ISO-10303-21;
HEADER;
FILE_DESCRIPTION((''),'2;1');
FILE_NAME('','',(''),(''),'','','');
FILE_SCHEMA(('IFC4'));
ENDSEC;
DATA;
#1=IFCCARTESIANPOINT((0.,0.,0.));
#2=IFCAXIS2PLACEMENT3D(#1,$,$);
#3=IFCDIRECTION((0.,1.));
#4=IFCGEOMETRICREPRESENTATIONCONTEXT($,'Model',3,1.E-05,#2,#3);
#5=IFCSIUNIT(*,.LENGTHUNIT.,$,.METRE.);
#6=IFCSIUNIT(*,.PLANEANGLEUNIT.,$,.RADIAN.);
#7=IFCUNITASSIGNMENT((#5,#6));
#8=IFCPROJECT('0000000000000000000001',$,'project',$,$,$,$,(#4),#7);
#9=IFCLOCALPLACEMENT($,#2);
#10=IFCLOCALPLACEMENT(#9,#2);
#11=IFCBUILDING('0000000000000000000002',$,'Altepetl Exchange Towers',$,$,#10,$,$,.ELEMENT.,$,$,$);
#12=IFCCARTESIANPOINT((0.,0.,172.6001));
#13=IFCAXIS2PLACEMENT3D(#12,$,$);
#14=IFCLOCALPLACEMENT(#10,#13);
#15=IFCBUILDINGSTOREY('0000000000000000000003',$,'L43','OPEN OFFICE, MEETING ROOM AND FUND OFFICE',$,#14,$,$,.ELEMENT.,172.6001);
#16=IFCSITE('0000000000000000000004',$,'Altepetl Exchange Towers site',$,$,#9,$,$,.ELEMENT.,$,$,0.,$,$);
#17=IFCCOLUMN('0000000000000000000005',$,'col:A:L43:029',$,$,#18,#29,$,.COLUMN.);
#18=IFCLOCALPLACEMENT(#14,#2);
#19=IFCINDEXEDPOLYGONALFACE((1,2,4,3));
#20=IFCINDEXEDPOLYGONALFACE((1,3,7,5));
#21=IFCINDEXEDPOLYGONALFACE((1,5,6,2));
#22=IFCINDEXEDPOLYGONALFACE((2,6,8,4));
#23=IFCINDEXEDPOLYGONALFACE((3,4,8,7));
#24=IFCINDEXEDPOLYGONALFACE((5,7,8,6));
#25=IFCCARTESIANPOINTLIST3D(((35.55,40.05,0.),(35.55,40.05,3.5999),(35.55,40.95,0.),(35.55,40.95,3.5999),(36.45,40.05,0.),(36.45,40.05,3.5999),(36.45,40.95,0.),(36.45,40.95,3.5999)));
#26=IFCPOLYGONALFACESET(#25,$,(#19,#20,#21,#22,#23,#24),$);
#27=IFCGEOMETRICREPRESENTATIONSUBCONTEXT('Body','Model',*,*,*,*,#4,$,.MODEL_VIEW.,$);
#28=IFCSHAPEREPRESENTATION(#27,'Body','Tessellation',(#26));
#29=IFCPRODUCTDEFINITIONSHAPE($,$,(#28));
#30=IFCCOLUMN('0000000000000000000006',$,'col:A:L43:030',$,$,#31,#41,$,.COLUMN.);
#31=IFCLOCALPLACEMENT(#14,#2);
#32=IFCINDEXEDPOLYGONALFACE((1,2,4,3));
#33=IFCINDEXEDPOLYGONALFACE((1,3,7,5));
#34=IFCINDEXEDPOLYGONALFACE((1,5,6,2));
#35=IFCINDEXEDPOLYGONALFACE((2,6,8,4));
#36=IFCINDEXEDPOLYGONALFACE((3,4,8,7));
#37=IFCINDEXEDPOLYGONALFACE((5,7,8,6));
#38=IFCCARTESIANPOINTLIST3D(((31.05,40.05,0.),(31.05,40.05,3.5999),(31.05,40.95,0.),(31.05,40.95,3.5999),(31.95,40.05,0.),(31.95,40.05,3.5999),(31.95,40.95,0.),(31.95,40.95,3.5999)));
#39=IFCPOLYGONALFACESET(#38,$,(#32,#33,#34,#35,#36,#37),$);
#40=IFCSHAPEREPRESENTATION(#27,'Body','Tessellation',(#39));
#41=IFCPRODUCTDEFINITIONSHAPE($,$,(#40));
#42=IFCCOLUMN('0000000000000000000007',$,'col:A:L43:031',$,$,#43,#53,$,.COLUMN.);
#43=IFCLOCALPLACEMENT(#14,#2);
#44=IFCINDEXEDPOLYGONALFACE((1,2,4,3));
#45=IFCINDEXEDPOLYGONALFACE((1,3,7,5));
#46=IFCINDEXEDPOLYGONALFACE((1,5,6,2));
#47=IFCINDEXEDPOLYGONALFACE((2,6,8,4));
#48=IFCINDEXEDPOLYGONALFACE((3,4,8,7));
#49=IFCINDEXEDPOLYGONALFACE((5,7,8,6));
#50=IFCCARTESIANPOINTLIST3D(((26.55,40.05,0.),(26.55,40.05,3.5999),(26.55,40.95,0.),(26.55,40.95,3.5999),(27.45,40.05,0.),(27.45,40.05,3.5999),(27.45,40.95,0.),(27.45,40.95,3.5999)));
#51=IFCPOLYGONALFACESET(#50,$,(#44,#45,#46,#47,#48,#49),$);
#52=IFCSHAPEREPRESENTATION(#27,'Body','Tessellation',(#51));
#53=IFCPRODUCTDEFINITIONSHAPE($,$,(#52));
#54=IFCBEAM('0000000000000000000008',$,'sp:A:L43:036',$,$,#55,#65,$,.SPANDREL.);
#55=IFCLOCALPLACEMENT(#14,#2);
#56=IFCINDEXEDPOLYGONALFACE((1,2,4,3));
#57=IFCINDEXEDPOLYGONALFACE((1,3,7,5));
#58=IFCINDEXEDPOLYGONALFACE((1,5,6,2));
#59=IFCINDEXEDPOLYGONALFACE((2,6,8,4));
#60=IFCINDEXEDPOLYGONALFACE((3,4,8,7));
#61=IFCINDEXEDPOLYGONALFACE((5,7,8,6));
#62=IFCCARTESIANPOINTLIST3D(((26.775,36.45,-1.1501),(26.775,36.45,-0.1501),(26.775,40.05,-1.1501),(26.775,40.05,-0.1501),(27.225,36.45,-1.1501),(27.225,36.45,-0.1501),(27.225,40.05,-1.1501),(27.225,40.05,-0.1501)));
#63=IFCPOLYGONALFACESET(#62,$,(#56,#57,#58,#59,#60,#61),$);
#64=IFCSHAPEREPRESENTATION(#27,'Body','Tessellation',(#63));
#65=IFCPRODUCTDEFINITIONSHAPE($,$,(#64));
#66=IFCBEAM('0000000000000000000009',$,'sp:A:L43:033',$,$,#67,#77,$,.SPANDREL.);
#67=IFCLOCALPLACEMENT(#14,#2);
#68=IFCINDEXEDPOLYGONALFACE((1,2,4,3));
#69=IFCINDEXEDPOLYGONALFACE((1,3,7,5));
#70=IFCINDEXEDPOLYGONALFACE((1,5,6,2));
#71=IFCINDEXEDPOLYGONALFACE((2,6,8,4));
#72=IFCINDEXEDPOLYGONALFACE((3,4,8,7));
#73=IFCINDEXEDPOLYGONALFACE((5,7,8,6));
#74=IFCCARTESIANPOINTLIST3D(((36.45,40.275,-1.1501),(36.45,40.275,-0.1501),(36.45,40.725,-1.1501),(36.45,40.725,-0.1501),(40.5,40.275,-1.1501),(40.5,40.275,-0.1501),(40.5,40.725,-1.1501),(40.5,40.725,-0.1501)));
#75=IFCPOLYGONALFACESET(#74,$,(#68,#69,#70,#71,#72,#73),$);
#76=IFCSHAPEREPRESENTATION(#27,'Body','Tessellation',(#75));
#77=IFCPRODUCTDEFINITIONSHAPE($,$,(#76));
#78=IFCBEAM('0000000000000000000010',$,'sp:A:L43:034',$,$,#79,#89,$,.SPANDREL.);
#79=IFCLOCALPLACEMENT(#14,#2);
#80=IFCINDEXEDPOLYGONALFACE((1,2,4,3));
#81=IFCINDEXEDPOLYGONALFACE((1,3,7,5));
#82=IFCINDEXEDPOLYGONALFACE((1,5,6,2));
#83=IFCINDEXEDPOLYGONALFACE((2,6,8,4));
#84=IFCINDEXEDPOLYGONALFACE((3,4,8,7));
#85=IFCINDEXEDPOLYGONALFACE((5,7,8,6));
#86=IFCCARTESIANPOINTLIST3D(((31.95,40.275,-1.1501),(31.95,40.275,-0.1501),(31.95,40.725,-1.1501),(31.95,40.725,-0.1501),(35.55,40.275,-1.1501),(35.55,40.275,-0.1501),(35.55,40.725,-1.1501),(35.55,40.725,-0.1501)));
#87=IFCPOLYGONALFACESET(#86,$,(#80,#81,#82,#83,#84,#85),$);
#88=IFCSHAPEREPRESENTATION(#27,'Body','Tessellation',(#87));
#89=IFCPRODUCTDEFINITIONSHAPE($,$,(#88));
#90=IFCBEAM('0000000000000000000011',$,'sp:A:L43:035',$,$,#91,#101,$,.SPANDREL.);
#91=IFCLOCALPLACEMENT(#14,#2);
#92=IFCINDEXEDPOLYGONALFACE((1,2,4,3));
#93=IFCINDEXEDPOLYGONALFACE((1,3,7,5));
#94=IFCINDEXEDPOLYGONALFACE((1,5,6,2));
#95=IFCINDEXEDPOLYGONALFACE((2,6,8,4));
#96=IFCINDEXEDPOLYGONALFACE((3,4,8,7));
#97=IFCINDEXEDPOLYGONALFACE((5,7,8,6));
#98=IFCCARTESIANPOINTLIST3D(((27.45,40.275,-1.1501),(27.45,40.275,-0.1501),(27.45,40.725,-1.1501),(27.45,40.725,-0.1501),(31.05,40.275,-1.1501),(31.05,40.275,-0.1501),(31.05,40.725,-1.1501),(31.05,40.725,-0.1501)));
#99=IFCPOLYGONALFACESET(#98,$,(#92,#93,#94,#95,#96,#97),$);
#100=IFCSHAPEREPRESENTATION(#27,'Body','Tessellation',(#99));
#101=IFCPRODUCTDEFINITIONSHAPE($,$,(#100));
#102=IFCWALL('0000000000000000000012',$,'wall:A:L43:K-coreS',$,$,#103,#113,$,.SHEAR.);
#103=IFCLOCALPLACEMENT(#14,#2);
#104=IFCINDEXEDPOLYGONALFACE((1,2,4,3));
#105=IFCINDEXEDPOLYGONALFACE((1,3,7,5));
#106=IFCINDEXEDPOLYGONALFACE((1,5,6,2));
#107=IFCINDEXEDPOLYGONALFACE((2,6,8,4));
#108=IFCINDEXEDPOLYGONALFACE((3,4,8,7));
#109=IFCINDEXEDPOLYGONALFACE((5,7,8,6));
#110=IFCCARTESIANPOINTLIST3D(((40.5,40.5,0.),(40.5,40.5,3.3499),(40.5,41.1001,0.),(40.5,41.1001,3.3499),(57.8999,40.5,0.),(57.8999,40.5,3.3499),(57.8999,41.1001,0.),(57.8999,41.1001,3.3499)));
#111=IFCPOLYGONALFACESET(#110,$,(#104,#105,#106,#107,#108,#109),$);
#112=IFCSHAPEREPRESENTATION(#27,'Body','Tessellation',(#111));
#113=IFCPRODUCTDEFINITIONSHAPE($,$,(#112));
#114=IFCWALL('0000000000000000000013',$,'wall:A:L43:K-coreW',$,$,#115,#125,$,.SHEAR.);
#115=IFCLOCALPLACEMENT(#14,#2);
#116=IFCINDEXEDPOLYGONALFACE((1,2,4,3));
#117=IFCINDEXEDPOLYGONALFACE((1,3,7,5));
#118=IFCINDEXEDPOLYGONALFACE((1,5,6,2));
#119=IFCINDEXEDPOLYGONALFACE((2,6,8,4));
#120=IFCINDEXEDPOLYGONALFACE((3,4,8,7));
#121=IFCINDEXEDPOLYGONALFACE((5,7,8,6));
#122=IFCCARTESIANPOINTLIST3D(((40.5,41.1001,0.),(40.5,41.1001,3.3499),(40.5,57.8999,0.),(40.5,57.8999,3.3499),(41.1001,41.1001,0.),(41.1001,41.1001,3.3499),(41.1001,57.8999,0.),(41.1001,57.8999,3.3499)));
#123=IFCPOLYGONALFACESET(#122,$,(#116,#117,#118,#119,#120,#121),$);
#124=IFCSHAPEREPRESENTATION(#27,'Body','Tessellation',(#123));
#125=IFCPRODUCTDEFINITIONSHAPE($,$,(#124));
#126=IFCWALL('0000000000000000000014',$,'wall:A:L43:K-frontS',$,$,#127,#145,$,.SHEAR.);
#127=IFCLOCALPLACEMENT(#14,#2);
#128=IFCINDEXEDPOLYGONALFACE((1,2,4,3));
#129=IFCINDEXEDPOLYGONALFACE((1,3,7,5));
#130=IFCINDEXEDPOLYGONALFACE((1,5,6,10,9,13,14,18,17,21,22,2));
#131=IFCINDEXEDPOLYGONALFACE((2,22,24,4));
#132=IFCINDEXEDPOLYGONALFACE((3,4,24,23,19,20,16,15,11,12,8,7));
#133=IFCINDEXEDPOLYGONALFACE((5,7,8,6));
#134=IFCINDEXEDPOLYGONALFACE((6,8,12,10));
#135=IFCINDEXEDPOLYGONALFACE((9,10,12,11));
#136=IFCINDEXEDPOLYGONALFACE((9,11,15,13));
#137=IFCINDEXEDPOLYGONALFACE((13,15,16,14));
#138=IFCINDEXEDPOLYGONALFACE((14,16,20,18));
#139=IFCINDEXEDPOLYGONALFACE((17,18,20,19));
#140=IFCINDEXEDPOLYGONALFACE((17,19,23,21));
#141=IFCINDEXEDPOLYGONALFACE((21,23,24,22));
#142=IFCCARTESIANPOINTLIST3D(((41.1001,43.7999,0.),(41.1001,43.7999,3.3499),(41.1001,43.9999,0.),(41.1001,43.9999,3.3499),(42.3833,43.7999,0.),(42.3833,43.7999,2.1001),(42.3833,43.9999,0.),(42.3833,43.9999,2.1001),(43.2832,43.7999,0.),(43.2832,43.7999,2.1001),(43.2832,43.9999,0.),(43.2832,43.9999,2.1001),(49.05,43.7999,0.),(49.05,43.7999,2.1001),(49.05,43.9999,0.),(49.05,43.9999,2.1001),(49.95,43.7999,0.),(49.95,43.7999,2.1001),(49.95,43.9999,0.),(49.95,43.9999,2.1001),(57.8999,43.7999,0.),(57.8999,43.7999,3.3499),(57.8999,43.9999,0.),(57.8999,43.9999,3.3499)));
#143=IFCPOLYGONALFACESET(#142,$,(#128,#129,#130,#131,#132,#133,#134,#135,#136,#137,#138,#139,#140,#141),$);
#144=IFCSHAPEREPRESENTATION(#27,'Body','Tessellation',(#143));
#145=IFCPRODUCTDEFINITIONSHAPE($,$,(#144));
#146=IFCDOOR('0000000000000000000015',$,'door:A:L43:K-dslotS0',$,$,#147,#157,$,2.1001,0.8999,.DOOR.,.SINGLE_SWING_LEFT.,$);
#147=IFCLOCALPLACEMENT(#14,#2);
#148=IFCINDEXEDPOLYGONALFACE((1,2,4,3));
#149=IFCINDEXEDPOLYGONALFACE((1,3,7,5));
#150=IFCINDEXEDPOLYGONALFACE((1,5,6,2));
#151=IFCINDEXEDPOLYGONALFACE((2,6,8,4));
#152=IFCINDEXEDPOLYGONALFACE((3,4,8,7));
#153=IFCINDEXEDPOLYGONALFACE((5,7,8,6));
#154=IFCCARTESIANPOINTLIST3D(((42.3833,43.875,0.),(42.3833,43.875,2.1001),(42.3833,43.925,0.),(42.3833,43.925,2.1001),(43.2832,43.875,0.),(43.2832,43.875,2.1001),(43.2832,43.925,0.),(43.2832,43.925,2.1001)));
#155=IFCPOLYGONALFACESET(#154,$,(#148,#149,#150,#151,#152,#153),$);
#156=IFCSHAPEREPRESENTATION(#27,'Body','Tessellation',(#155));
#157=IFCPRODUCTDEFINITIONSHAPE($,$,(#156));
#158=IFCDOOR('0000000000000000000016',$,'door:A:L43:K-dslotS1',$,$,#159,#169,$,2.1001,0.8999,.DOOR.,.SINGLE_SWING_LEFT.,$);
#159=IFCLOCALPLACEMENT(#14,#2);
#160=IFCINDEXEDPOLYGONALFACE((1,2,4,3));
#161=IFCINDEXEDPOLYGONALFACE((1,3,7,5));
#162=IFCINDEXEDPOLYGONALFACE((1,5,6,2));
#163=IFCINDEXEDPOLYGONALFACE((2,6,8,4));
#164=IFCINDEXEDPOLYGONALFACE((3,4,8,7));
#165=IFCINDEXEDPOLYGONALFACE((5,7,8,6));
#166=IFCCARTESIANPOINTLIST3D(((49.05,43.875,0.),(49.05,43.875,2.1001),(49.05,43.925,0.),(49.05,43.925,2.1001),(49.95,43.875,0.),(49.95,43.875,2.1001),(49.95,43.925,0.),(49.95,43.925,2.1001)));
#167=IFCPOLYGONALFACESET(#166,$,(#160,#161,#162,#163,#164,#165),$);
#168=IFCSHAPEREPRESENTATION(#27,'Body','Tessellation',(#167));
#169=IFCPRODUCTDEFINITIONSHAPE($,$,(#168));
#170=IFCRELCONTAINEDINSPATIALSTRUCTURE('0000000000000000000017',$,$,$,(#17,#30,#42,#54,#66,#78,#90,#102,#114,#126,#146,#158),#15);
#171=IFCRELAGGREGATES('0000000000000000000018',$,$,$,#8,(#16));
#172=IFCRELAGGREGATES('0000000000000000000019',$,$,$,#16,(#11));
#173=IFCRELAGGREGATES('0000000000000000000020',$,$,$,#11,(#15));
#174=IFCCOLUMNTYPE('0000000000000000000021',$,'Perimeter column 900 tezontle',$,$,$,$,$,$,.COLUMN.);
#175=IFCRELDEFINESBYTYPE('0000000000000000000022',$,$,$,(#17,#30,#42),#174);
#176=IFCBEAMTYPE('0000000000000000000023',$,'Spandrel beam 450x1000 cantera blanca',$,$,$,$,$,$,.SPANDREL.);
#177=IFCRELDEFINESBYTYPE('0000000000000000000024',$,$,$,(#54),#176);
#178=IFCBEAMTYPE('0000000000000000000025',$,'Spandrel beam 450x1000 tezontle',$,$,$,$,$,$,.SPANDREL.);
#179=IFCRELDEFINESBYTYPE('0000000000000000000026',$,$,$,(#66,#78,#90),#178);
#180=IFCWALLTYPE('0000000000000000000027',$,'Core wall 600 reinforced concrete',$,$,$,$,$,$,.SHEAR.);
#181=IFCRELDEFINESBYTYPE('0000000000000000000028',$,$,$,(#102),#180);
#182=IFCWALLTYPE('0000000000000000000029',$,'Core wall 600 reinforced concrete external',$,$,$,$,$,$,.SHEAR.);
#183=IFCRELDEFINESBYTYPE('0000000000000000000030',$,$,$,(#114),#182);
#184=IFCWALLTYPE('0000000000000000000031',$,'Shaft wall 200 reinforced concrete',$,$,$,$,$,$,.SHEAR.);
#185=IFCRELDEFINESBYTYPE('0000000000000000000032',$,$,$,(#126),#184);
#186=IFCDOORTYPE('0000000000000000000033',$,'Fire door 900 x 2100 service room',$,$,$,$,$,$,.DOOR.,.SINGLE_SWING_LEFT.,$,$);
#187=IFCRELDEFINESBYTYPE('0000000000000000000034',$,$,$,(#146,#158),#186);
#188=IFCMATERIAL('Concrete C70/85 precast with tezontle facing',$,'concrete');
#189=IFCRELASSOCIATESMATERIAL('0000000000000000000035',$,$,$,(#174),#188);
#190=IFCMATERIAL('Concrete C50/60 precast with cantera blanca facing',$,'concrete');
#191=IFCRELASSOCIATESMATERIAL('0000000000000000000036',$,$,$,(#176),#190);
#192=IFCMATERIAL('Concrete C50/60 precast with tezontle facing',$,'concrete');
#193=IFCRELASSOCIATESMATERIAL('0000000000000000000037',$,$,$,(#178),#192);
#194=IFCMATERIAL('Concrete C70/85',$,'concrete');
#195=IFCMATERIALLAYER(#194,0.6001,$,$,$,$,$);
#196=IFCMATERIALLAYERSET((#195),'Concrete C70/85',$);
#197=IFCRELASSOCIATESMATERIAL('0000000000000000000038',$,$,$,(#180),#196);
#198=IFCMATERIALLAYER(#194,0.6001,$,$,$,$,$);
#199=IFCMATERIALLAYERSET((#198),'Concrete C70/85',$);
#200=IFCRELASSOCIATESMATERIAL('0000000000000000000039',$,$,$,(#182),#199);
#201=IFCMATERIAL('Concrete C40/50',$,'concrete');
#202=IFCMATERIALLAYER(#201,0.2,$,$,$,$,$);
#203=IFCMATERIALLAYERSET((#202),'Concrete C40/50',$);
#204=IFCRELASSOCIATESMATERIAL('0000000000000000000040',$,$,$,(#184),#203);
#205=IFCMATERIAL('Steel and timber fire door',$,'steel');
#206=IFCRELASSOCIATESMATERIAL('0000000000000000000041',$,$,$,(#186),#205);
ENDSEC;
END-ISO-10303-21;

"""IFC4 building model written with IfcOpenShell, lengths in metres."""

from ifc_helpers import new_model, si_unit, direction, frame, frame_2d, origin, origin_2d, place, context, subcontext, project, spatial, rectangle, extrude, material, layer, layer_set, material_profile, profile_set, type_object, element, fill, save


model = new_model("IFC4")

# Units and contexts
model_context = context("Model", 3, precision=1e-05, world=origin(), true_north=direction((0.0, 1.0)))
body_context = subcontext(model_context, "Body", "Model", "MODEL_VIEW")
ifc_project = project(units=[si_unit("LENGTHUNIT", "METRE"), si_unit("PLANEANGLEUNIT", "RADIAN")], contexts=[model_context])

# Site, building, storey
site_placement = place(None, origin())
site = spatial("IfcSite", under=ifc_project, at=site_placement, Name="Altepetl Exchange Towers site", CompositionType="ELEMENT", RefElevation=0.0)
building_placement = place(site_placement, origin())
building = spatial("IfcBuilding", under=site, at=building_placement, Name="Altepetl Exchange Towers", CompositionType="ELEMENT")
storey_placement = place(building_placement, frame((0.0, 0.0, 172.6001)))
storey = spatial("IfcBuildingStorey", under=building, at=storey_placement, Name="L43", Description="OPEN OFFICE, MEETING ROOM AND FUND OFFICE", CompositionType="ELEMENT", Elevation=172.6001)

# Columns
ifc_material_1 = material(Name="Concrete C70/85 precast with tezontle facing", Category="concrete")
ifc_material_profile_1 = material_profile(ifc_material_1, rectangle(XDim=0.8999, YDim=0.8999, at=origin_2d()), Name="900 x 900")
ifc_profile_set_1 = profile_set([ifc_material_profile_1], Name="Concrete C70/85 precast with tezontle facing")
column_type = type_object("IfcColumnType", Name="Perimeter column 900 tezontle", PredefinedType="COLUMN", material=ifc_profile_set_1)
for number, where, name in (
    (1, (36.0, 40.5, 0.0), "col:A:L43:029"),
    (2, (31.5, 40.5, 0.0), "col:A:L43:030"),
    (3, (27.0, 40.5, 0.0), "col:A:L43:031"),
):
    element("IfcColumn", number, at=place(storey_placement, frame(where)), inside=storey, type_object=column_type, Name=name, PredefinedType="COLUMN", context=body_context, shape_type="SweptSolid", body=[
        extrude(rectangle(XDim=0.8999, YDim=0.8999, at=origin_2d()), origin(), (0.0, 0.0, 1.0), 3.5999),
    ])

# Beams
ifc_material_2 = material(Name="Concrete C50/60 precast with cantera blanca facing", Category="concrete")
ifc_material_profile_2 = material_profile(ifc_material_2, rectangle(XDim=0.45, YDim=1.0, at=origin_2d()), Name="450 x 1000")
ifc_profile_set_2 = profile_set([ifc_material_profile_2], Name="Concrete C50/60 precast with cantera blanca facing")
beam_type_1 = type_object("IfcBeamType", Name="Spandrel beam 450x1000 cantera blanca", PredefinedType="SPANDREL", material=ifc_profile_set_2)
beam_1_placement = place(storey_placement, frame((27.0, 40.05, -0.6501), z_axis=(0.0, -1.0, 0.0), x_axis=(1.0, 0.0, 0.0)))
element("IfcBeam", 4, at=beam_1_placement, inside=storey, type_object=beam_type_1, Name="sp:A:L43:036", PredefinedType="SPANDREL", context=body_context, shape_type="SweptSolid", body=[
    extrude(rectangle(XDim=0.45, YDim=1.0, at=origin_2d()), origin(), (0.0, 0.0, 1.0), 3.6001),
])
ifc_material_3 = material(Name="Concrete C50/60 precast with tezontle facing", Category="concrete")
ifc_material_profile_3 = material_profile(ifc_material_3, rectangle(XDim=0.45, YDim=1.0, at=origin_2d()), Name="450 x 1000")
ifc_profile_set_3 = profile_set([ifc_material_profile_3], Name="Concrete C50/60 precast with tezontle facing")
beam_type_2 = type_object("IfcBeamType", Name="Spandrel beam 450x1000 tezontle", PredefinedType="SPANDREL", material=ifc_profile_set_3)
beam_2_placement = place(storey_placement, frame((40.5, 40.5, -0.6501), z_axis=(-1.0, 0.0, 0.0), x_axis=(0.0, -1.0, 0.0)))
element("IfcBeam", 5, at=beam_2_placement, inside=storey, type_object=beam_type_2, Name="sp:A:L43:033", PredefinedType="SPANDREL", context=body_context, shape_type="SweptSolid", body=[
    extrude(rectangle(XDim=0.45, YDim=1.0, at=origin_2d()), origin(), (0.0, 0.0, 1.0), 4.05),
])
for number, where, z_axis, x_axis, name in (
    (6, (35.55, 40.5, -0.6501), (-1.0, 0.0, 0.0), (0.0, -1.0, 0.0), "sp:A:L43:034"),
    (7, (31.05, 40.5, -0.6501), (-1.0, 0.0, 0.0), (0.0, -1.0, 0.0), "sp:A:L43:035"),
):
    element("IfcBeam", number, at=place(storey_placement, frame(where, z_axis=z_axis, x_axis=x_axis)), inside=storey, type_object=beam_type_2, Name=name, PredefinedType="SPANDREL", context=body_context, shape_type="SweptSolid", body=[
        extrude(rectangle(XDim=0.45, YDim=1.0, at=origin_2d()), origin(), (0.0, 0.0, 1.0), 3.6001),
    ])

# Walls
ifc_material_4 = material(Name="Concrete C70/85", Category="concrete")
ifc_layer_1 = layer(ifc_material_4, 0.6001)
ifc_layer_set_1 = layer_set([ifc_layer_1], Name="Concrete C70/85")
wall_type_1 = type_object("IfcWallType", Name="Core wall 600 reinforced concrete", PredefinedType="SHEAR", material=ifc_layer_set_1)
wall_1_placement = place(storey_placement, frame((40.5, 40.8, 0.0)))
element("IfcWall", 8, at=wall_1_placement, inside=storey, type_object=wall_type_1, Name="wall:A:L43:K-coreS", PredefinedType="SHEAR", context=body_context, shape_type="SweptSolid", body=[
    extrude(rectangle(XDim=17.3999, YDim=0.6001, at=frame_2d((8.7, 0.0))), origin(), (0.0, 0.0, 1.0), 3.3499),
])
ifc_layer_2 = layer(ifc_material_4, 0.6001)
ifc_layer_set_2 = layer_set([ifc_layer_2], Name="Concrete C70/85")
wall_type_2 = type_object("IfcWallType", Name="Core wall 600 reinforced concrete external", PredefinedType="SHEAR", material=ifc_layer_set_2)
wall_2_placement = place(storey_placement, frame((40.8, 41.1001, 0.0), z_axis=(0.0, 0.0, 1.0), x_axis=(0.0, 1.0, 0.0)))
element("IfcWall", 9, at=wall_2_placement, inside=storey, type_object=wall_type_2, Name="wall:A:L43:K-coreW", PredefinedType="SHEAR", context=body_context, shape_type="SweptSolid", body=[
    extrude(rectangle(XDim=16.7998, YDim=0.6001, at=frame_2d((8.3999, 0.0))), origin(), (0.0, 0.0, 1.0), 3.3499),
])

# Wall, openings, doors
ifc_material_5 = material(Name="Concrete C40/50", Category="concrete")
ifc_layer_3 = layer(ifc_material_5, 0.2)
ifc_layer_set_3 = layer_set([ifc_layer_3], Name="Concrete C40/50")
wall_type_3 = type_object("IfcWallType", Name="Shaft wall 200 reinforced concrete", PredefinedType="SHEAR", material=ifc_layer_set_3)
wall_3_placement = place(storey_placement, frame((41.1001, 43.8999, 0.0)))
wall_3 = element("IfcWall", 10, at=wall_3_placement, inside=storey, type_object=wall_type_3, Name="wall:A:L43:K-frontS", PredefinedType="SHEAR", context=body_context, shape_type="SweptSolid", body=[
    extrude(rectangle(XDim=16.7998, YDim=0.2, at=frame_2d((8.3999, 0.0))), origin(), (0.0, 0.0, 1.0), 3.3499),
])
opening_1_placement = place(wall_3_placement, frame((1.2832, 0.0, 0.0)))
opening_1 = element("IfcOpeningElement", 11, at=opening_1_placement, cuts=wall_3, PredefinedType="OPENING", context=body_context, shape_type="SweptSolid", body=[
    extrude(rectangle(XDim=0.8999, YDim=2.1001, at=frame_2d((0.45, 1.05))), frame((0.0, 0.1099, 0.0), z_axis=(0.0, -1.0, 0.0), x_axis=(1.0, 0.0, 0.0)), (0.0, 0.0, 1.0), 0.22),
])
opening_2_placement = place(wall_3_placement, frame((7.95, 0.0, 0.0)))
opening_2 = element("IfcOpeningElement", 12, at=opening_2_placement, cuts=wall_3, PredefinedType="OPENING", context=body_context, shape_type="SweptSolid", body=[
    extrude(rectangle(XDim=0.8999, YDim=2.1001, at=frame_2d((0.45, 1.05))), frame((0.0, 0.1099, 0.0), z_axis=(0.0, -1.0, 0.0), x_axis=(1.0, 0.0, 0.0)), (0.0, 0.0, 1.0), 0.22),
])
ifc_material_6 = material(Name="Steel and timber fire door", Category="steel")
door_type_1 = type_object("IfcDoorType", Name="Fire door 900 x 2100 service room", OperationType="SINGLE_SWING_LEFT", PredefinedType="DOOR", material=ifc_material_6)
door_1_placement = place(opening_1_placement, frame((0.8999, 0.0, 0.0), x_axis=(-1.0, 0.0, 0.0)))
door_1 = element("IfcDoor", 13, at=door_1_placement, inside=storey, type_object=door_type_1, Name="door:A:L43:K-dslotS0", OperationType="SINGLE_SWING_LEFT", OverallHeight=2.1001, OverallWidth=0.8999, PredefinedType="DOOR", context=body_context, shape_type="SweptSolid", body=[
    extrude(rectangle(XDim=0.8999, YDim=2.1001, at=frame_2d((0.45, 1.05))), frame((0.0, 0.0249, 0.0), z_axis=(0.0, -1.0, 0.0), x_axis=(1.0, 0.0, 0.0)), (0.0, 0.0, 1.0), 0.05),
])
fill(opening_1, door_1)
door_2_placement = place(opening_2_placement, frame((0.8999, 0.0, 0.0), x_axis=(-1.0, 0.0, 0.0)))
door_2 = element("IfcDoor", 14, at=door_2_placement, inside=storey, type_object=door_type_1, Name="door:A:L43:K-dslotS1", OperationType="SINGLE_SWING_LEFT", OverallHeight=2.1001, OverallWidth=0.8999, PredefinedType="DOOR", context=body_context, shape_type="SweptSolid", body=[
    extrude(rectangle(XDim=0.8999, YDim=2.1001, at=frame_2d((0.45, 1.05))), frame((0.0, 0.0249, 0.0), z_axis=(0.0, -1.0, 0.0), x_axis=(1.0, 0.0, 0.0)), (0.0, 0.0, 1.0), 0.05),
])
fill(opening_2, door_2)

save(model, "model.ifc")
